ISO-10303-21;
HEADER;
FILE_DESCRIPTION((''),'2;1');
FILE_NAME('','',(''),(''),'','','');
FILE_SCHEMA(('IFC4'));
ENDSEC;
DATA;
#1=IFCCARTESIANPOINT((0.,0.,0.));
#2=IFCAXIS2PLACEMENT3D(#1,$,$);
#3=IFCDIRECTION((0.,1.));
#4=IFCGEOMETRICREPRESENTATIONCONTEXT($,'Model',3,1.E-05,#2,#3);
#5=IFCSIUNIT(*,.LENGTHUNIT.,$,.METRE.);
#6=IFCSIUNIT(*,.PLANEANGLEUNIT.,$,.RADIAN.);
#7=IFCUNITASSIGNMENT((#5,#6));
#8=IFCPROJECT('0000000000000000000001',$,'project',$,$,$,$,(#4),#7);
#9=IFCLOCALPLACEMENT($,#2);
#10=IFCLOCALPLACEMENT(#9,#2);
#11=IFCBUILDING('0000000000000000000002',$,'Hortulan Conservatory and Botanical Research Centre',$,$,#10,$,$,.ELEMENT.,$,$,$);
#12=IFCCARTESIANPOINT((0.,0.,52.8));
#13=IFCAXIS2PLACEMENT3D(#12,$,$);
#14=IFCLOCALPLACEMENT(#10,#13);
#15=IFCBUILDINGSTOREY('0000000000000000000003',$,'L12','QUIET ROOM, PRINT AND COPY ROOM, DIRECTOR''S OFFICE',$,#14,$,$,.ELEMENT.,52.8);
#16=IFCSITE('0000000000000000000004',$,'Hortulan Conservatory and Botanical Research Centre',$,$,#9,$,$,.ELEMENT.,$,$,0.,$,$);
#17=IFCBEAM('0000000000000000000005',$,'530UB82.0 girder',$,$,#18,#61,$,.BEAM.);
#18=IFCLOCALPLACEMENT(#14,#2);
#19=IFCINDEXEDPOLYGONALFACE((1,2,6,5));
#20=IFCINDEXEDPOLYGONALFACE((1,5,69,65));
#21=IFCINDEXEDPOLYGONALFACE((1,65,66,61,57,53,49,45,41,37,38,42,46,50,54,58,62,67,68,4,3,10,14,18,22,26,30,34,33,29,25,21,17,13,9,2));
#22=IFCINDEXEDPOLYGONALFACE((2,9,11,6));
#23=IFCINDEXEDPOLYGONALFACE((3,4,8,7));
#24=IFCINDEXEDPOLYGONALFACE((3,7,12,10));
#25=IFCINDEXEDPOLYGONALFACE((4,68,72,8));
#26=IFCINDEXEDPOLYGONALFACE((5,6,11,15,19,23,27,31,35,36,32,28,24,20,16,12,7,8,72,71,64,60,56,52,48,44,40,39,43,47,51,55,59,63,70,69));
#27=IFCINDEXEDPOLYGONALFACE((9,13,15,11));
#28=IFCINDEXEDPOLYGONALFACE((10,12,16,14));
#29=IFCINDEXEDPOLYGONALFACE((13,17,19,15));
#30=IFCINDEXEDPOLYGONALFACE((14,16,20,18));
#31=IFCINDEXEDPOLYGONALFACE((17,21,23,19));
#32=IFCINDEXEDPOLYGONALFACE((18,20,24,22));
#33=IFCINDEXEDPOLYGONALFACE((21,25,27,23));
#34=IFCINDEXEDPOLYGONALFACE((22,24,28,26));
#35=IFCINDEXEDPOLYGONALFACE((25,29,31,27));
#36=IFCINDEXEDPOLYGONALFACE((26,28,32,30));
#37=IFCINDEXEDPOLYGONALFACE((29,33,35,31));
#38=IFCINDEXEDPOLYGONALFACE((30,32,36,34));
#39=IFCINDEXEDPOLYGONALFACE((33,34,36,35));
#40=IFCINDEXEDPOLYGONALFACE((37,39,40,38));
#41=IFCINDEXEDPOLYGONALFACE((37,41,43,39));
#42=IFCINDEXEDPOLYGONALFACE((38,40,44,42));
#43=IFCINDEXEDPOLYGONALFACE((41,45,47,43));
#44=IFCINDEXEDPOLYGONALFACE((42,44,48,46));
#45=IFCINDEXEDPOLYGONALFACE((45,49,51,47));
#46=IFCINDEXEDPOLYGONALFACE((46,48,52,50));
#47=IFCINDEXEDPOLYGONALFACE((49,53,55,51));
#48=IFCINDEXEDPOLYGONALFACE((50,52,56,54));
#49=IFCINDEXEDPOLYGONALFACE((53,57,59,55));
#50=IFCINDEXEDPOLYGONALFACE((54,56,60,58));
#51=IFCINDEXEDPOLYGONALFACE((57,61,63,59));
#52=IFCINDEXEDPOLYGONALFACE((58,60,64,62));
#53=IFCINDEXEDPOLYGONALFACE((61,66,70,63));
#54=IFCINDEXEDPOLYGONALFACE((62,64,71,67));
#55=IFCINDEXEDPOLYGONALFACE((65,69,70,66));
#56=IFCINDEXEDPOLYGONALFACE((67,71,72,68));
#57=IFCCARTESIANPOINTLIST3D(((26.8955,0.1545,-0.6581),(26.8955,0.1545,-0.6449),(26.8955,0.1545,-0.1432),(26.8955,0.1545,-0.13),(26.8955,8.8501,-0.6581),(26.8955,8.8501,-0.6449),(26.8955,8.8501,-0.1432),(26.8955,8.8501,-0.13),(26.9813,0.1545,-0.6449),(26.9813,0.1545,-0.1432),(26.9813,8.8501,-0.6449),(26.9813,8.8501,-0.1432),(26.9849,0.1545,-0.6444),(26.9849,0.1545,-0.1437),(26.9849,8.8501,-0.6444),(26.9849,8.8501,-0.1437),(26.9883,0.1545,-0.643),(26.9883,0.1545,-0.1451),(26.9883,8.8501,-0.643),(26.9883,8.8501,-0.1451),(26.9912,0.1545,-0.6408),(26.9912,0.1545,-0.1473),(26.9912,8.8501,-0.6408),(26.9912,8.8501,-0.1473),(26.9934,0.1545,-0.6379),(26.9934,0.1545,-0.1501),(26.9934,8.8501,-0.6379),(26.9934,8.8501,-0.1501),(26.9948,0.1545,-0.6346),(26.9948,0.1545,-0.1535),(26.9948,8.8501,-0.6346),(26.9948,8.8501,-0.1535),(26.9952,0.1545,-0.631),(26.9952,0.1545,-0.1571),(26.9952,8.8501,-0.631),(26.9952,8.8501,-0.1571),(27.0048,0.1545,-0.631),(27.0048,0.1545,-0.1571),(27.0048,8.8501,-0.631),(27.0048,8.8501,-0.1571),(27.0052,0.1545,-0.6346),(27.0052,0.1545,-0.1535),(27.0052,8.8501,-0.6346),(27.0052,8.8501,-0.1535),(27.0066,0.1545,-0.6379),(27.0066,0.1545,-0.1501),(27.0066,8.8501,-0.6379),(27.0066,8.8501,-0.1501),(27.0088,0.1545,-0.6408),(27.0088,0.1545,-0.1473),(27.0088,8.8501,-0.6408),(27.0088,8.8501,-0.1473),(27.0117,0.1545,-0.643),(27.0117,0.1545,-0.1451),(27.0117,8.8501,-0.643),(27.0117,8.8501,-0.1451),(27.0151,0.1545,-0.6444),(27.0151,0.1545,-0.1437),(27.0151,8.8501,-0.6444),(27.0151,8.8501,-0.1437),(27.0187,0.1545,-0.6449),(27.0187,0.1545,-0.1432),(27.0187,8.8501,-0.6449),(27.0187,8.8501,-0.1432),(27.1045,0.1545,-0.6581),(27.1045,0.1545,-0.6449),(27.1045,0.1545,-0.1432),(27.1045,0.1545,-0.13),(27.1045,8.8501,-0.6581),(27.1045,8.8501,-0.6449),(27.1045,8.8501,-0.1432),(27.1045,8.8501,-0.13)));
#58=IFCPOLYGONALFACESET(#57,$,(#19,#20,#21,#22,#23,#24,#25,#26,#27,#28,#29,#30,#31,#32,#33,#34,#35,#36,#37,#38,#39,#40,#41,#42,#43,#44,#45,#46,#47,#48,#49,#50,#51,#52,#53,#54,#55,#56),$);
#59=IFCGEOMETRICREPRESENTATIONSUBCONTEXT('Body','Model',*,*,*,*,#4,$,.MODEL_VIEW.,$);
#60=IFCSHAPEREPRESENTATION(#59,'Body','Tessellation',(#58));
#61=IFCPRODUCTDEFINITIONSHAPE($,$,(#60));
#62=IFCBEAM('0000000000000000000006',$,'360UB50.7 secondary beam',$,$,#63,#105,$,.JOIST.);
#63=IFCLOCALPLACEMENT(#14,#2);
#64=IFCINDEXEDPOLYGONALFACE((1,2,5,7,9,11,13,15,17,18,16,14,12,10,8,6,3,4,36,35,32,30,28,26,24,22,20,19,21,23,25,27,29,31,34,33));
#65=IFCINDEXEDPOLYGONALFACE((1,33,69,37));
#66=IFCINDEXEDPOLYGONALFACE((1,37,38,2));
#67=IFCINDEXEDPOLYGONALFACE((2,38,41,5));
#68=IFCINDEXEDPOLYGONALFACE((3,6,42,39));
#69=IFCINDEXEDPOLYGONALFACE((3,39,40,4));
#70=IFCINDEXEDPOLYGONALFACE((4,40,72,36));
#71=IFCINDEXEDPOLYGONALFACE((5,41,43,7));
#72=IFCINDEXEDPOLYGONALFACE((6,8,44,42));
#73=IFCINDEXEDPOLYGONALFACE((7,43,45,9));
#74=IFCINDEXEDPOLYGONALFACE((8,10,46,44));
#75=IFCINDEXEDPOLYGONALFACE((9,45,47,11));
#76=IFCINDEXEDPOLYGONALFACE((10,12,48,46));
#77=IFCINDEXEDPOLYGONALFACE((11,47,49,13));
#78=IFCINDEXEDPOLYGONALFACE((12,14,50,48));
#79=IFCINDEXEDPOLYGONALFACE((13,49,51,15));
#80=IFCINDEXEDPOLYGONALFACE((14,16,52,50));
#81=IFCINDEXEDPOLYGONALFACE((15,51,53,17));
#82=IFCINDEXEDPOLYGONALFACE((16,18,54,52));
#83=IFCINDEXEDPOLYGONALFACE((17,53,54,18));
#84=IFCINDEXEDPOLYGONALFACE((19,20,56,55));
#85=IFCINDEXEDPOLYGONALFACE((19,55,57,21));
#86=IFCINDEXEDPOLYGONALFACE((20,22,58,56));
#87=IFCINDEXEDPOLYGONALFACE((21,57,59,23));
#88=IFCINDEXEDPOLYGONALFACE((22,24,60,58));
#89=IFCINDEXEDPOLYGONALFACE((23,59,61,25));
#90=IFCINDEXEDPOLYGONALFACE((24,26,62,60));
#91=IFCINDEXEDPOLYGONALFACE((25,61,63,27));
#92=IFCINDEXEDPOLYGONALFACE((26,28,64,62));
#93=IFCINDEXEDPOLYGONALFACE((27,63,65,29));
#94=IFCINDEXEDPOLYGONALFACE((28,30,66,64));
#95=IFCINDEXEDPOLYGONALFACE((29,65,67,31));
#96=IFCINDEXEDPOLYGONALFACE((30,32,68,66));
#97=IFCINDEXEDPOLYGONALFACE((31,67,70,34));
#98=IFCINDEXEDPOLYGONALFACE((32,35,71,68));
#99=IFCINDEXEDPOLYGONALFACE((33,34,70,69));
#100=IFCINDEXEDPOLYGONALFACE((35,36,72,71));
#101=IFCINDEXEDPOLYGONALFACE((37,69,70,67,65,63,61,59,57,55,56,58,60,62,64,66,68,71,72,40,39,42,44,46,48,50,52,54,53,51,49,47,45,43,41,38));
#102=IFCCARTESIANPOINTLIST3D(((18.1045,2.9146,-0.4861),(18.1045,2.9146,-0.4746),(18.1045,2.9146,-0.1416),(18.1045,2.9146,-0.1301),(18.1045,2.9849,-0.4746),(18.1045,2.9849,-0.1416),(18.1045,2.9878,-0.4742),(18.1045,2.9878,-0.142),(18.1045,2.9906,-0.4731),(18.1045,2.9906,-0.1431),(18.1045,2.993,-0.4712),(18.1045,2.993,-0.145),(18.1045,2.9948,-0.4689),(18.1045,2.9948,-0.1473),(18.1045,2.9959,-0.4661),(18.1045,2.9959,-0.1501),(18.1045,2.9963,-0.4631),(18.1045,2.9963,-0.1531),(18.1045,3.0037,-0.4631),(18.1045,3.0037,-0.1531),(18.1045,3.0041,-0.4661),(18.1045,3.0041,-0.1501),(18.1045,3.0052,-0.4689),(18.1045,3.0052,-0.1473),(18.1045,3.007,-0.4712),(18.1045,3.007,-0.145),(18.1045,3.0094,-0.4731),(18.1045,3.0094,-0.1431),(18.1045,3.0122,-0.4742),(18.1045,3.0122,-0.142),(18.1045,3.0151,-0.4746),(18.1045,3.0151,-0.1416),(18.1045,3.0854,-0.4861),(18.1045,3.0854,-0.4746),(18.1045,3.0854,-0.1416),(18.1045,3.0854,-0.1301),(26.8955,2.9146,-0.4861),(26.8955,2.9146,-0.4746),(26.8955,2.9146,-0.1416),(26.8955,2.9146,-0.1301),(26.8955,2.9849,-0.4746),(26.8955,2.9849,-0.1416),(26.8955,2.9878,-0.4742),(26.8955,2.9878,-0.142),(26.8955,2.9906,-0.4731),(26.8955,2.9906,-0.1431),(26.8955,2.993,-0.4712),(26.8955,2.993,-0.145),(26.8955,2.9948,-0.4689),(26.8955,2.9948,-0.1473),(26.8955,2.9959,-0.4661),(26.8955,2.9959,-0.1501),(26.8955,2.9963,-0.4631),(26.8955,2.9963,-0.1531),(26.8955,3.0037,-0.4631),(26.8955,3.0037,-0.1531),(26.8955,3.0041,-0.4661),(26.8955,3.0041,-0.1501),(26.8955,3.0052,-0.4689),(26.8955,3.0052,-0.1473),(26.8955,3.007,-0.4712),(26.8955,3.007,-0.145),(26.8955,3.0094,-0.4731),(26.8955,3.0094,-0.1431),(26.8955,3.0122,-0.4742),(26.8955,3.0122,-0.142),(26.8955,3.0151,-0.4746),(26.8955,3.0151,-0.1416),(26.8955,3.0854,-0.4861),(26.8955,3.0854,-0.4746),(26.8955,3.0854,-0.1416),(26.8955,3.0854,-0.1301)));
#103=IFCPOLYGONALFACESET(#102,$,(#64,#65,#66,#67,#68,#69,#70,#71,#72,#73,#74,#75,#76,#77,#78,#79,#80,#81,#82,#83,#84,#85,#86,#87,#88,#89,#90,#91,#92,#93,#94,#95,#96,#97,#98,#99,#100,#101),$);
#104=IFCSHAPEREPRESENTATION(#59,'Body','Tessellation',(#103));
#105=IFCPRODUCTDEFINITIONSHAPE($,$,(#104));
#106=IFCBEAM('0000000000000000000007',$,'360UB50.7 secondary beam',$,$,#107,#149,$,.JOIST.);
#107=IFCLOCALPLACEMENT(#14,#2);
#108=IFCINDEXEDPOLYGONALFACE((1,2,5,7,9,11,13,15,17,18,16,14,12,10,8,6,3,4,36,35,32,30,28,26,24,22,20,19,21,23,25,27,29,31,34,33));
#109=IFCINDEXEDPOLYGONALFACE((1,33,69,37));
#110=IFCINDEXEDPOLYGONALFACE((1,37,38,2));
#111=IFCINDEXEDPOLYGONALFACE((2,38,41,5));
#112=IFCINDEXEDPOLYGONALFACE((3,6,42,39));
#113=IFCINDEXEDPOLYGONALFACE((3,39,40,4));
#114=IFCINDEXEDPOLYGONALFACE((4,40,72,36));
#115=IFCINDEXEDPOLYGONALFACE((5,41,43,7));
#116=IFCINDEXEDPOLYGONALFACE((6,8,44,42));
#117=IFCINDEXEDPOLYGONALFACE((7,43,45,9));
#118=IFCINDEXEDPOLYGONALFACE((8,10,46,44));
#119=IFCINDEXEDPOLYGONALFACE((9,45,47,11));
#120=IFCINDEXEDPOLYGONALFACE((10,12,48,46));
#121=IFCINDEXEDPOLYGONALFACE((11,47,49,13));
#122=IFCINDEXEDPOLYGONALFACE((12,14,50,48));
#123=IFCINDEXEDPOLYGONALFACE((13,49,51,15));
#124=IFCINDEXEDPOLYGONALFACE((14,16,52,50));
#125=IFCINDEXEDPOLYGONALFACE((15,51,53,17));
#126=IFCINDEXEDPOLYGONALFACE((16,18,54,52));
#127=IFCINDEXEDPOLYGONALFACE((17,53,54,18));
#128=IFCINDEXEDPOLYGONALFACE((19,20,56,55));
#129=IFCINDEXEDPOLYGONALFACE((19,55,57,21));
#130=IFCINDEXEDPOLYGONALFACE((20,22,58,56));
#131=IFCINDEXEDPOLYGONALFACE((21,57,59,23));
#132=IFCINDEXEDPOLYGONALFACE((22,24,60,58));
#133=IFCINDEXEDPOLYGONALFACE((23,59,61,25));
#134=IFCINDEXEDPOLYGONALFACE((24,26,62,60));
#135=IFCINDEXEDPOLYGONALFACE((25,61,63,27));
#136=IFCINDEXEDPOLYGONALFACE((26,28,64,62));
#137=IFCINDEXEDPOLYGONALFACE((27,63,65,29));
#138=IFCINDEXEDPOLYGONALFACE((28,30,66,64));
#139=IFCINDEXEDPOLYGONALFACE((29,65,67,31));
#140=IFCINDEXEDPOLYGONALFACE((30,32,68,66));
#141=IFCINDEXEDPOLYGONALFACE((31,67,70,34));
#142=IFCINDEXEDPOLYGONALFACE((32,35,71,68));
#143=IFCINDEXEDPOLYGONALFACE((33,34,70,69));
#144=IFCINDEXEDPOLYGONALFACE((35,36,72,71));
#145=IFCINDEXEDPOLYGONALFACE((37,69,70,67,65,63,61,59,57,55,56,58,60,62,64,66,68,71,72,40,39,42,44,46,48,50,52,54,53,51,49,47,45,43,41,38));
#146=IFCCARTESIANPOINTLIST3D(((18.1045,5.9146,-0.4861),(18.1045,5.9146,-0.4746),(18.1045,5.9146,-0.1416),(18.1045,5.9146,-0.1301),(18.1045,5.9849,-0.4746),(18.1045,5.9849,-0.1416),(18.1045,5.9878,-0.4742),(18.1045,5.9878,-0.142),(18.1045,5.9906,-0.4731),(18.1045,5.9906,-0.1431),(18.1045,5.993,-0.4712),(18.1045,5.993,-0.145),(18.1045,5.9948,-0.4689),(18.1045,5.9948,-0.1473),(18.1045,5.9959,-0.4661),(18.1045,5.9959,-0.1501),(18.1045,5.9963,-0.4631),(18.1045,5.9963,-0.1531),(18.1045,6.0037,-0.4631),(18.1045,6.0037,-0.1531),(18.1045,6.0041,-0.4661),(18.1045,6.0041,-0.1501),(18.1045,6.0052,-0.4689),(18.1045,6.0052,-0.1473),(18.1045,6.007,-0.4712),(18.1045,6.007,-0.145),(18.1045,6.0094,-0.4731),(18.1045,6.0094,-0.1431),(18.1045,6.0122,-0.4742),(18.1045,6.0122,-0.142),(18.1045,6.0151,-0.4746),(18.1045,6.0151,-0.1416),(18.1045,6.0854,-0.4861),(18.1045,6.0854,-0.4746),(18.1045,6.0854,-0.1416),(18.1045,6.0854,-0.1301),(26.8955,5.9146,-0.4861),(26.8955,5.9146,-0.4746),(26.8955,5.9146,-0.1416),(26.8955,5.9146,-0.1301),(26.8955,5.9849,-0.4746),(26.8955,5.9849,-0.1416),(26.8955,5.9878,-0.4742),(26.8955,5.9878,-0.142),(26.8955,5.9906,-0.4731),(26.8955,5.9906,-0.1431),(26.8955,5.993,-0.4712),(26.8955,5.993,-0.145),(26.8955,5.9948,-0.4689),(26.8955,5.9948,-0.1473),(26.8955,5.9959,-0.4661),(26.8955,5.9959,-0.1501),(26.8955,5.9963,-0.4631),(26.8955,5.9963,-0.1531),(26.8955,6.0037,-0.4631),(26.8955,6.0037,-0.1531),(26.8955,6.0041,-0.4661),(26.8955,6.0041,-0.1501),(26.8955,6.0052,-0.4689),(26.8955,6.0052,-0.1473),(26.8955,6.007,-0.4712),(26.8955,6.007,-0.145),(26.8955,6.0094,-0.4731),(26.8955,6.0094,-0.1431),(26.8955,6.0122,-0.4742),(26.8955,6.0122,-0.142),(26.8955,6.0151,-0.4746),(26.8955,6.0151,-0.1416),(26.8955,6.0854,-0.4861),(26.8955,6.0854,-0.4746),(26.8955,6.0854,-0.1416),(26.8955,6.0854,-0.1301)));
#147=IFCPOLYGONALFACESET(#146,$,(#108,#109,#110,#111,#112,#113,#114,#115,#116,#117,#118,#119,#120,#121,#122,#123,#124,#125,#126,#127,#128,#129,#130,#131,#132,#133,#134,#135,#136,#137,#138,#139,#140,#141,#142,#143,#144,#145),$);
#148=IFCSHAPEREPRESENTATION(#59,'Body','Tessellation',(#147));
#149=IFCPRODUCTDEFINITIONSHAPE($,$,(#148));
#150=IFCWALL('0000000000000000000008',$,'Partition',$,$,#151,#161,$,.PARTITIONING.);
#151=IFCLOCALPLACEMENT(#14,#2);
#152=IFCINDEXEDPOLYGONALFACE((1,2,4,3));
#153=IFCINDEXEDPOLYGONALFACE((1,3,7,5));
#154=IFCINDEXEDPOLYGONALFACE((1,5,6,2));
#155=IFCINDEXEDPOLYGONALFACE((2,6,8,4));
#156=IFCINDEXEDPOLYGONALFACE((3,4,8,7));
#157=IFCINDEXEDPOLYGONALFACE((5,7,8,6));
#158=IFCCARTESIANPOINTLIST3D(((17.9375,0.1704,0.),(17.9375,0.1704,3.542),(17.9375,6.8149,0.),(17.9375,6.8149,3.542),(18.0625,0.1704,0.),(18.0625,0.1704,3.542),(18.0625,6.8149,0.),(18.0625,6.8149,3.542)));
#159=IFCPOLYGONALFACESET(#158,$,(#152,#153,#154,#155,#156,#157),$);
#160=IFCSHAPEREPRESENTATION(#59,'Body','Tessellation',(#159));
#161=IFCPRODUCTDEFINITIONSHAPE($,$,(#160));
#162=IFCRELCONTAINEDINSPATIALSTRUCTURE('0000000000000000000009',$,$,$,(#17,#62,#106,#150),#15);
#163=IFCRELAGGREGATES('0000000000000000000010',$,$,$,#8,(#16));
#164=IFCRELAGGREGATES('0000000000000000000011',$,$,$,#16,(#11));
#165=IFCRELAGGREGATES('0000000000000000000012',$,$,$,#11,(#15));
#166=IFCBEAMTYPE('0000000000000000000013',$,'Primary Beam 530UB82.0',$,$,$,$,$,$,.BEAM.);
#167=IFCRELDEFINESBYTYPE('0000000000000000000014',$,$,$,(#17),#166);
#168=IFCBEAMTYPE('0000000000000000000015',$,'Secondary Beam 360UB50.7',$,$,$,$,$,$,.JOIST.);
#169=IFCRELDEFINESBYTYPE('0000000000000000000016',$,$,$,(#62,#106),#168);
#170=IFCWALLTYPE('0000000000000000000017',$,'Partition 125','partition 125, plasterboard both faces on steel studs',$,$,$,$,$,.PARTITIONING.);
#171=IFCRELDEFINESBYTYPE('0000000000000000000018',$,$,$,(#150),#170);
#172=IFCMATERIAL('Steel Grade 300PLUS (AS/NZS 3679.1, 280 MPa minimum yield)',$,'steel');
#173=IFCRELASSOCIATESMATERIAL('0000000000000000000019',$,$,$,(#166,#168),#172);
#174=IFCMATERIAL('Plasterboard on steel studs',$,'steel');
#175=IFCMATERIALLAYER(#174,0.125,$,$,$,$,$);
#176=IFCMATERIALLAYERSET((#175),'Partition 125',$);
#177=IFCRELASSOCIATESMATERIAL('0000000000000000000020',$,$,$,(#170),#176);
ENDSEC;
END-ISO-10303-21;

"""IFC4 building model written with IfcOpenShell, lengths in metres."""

from ifc_helpers import new_model, si_unit, direction, frame, frame_2d, origin, origin_2d, place, context, subcontext, project, spatial, rectangle, i_section, extrude, material, layer, layer_set, material_profile, profile_set, type_object, element, save


model = new_model("IFC4")

# Units and contexts
model_context = context("Model", 3, precision=1e-05, world=origin(), true_north=direction((0.0, 1.0)))
body_context = subcontext(model_context, "Body", "Model", "MODEL_VIEW")
ifc_project = project(units=[si_unit("LENGTHUNIT", "METRE"), si_unit("PLANEANGLEUNIT", "RADIAN")], contexts=[model_context])

# Site, building, storey
site_placement = place(None, origin())
site = spatial("IfcSite", under=ifc_project, at=site_placement, Name="Hortulan Conservatory and Botanical Research Centre", CompositionType="ELEMENT", RefElevation=0.0)
building_placement = place(site_placement, origin())
building = spatial("IfcBuilding", under=site, at=building_placement, Name="Hortulan Conservatory and Botanical Research Centre", CompositionType="ELEMENT")
storey_placement = place(building_placement, frame((0.0, 0.0, 52.8)))
storey = spatial("IfcBuildingStorey", under=building, at=storey_placement, Name="L12", Description="QUIET ROOM, PRINT AND COPY ROOM, DIRECTOR'S OFFICE", CompositionType="ELEMENT", Elevation=52.8)

# Shared definitions
ifc_material_1 = material(Name="Steel Grade 300PLUS (AS/NZS 3679.1, 280 MPa minimum yield)", Category="steel")

# Beams
ifc_material_profile_1 = material_profile(ifc_material_1, i_section(OverallWidth=0.209, OverallDepth=0.5281, WebThickness=0.0095, FlangeThickness=0.0132, FilletRadius=0.0139, at=origin_2d()), Name="530UB82.0")
ifc_profile_set_1 = profile_set([ifc_material_profile_1], Name="Steel Grade 300PLUS (AS/NZS 3679.1, 280 MPa minimum yield)")
beam_type_1 = type_object("IfcBeamType", Name="Primary Beam 530UB82.0", PredefinedType="BEAM", material=ifc_profile_set_1)
beam_1_placement = place(storey_placement, frame((27.0, 0.1545, -0.394), z_axis=(0.0, 1.0, 0.0), x_axis=(-1.0, 0.0, 0.0)))
element("IfcBeam", 1, at=beam_1_placement, inside=storey, type_object=beam_type_1, Name="530UB82.0 girder", PredefinedType="BEAM", context=body_context, shape_type="SweptSolid", body=[
    extrude(i_section(OverallWidth=0.209, OverallDepth=0.5281, WebThickness=0.0095, FlangeThickness=0.0132, FilletRadius=0.0139, at=origin_2d()), origin(), (0.0, 0.0, 1.0), 8.6956),
])
ifc_material_profile_2 = material_profile(ifc_material_1, i_section(OverallWidth=0.1709, OverallDepth=0.356, WebThickness=0.0073, FlangeThickness=0.0115, FilletRadius=0.0115, at=origin_2d()), Name="360UB50.7")
ifc_profile_set_2 = profile_set([ifc_material_profile_2], Name="Steel Grade 300PLUS (AS/NZS 3679.1, 280 MPa minimum yield)")
beam_type_2 = type_object("IfcBeamType", Name="Secondary Beam 360UB50.7", PredefinedType="JOIST", material=ifc_profile_set_2)
for number, where, z_axis, x_axis, name in (
    (2, (18.1045, 3.0, -0.3081), (1.0, 0.0, 0.0), (0.0, 1.0, 0.0), "360UB50.7 secondary beam"),
    (3, (18.1045, 6.0, -0.3081), (1.0, 0.0, 0.0), (0.0, 1.0, 0.0), "360UB50.7 secondary beam"),
):
    element("IfcBeam", number, at=place(storey_placement, frame(where, z_axis=z_axis, x_axis=x_axis)), inside=storey, type_object=beam_type_2, Name=name, PredefinedType="JOIST", context=body_context, shape_type="SweptSolid", body=[
        extrude(i_section(OverallWidth=0.1709, OverallDepth=0.356, WebThickness=0.0073, FlangeThickness=0.0115, FilletRadius=0.0115, at=origin_2d()), origin(), (0.0, 0.0, 1.0), 8.791),
    ])

# Wall
ifc_material_2 = material(Name="Plasterboard on steel studs", Category="steel")
ifc_layer_1 = layer(ifc_material_2, 0.125)
ifc_layer_set_1 = layer_set([ifc_layer_1], Name="Partition 125")
wall_type = type_object("IfcWallType", Name="Partition 125", Description="partition 125, plasterboard both faces on steel studs", PredefinedType="PARTITIONING", material=ifc_layer_set_1)
wall_placement = place(storey_placement, frame((18.0, 0.1704, 0.0), z_axis=(0.0, 0.0, 1.0), x_axis=(0.0, 1.0, 0.0)))
element("IfcWall", 4, at=wall_placement, inside=storey, type_object=wall_type, Name="Partition", PredefinedType="PARTITIONING", context=body_context, shape_type="SweptSolid", body=[
    extrude(rectangle(XDim=6.6445, YDim=0.125, at=frame_2d((3.3223, 0.0))), origin(), (0.0, 0.0, 1.0), 3.542),
])

save(model, "model.ifc")
